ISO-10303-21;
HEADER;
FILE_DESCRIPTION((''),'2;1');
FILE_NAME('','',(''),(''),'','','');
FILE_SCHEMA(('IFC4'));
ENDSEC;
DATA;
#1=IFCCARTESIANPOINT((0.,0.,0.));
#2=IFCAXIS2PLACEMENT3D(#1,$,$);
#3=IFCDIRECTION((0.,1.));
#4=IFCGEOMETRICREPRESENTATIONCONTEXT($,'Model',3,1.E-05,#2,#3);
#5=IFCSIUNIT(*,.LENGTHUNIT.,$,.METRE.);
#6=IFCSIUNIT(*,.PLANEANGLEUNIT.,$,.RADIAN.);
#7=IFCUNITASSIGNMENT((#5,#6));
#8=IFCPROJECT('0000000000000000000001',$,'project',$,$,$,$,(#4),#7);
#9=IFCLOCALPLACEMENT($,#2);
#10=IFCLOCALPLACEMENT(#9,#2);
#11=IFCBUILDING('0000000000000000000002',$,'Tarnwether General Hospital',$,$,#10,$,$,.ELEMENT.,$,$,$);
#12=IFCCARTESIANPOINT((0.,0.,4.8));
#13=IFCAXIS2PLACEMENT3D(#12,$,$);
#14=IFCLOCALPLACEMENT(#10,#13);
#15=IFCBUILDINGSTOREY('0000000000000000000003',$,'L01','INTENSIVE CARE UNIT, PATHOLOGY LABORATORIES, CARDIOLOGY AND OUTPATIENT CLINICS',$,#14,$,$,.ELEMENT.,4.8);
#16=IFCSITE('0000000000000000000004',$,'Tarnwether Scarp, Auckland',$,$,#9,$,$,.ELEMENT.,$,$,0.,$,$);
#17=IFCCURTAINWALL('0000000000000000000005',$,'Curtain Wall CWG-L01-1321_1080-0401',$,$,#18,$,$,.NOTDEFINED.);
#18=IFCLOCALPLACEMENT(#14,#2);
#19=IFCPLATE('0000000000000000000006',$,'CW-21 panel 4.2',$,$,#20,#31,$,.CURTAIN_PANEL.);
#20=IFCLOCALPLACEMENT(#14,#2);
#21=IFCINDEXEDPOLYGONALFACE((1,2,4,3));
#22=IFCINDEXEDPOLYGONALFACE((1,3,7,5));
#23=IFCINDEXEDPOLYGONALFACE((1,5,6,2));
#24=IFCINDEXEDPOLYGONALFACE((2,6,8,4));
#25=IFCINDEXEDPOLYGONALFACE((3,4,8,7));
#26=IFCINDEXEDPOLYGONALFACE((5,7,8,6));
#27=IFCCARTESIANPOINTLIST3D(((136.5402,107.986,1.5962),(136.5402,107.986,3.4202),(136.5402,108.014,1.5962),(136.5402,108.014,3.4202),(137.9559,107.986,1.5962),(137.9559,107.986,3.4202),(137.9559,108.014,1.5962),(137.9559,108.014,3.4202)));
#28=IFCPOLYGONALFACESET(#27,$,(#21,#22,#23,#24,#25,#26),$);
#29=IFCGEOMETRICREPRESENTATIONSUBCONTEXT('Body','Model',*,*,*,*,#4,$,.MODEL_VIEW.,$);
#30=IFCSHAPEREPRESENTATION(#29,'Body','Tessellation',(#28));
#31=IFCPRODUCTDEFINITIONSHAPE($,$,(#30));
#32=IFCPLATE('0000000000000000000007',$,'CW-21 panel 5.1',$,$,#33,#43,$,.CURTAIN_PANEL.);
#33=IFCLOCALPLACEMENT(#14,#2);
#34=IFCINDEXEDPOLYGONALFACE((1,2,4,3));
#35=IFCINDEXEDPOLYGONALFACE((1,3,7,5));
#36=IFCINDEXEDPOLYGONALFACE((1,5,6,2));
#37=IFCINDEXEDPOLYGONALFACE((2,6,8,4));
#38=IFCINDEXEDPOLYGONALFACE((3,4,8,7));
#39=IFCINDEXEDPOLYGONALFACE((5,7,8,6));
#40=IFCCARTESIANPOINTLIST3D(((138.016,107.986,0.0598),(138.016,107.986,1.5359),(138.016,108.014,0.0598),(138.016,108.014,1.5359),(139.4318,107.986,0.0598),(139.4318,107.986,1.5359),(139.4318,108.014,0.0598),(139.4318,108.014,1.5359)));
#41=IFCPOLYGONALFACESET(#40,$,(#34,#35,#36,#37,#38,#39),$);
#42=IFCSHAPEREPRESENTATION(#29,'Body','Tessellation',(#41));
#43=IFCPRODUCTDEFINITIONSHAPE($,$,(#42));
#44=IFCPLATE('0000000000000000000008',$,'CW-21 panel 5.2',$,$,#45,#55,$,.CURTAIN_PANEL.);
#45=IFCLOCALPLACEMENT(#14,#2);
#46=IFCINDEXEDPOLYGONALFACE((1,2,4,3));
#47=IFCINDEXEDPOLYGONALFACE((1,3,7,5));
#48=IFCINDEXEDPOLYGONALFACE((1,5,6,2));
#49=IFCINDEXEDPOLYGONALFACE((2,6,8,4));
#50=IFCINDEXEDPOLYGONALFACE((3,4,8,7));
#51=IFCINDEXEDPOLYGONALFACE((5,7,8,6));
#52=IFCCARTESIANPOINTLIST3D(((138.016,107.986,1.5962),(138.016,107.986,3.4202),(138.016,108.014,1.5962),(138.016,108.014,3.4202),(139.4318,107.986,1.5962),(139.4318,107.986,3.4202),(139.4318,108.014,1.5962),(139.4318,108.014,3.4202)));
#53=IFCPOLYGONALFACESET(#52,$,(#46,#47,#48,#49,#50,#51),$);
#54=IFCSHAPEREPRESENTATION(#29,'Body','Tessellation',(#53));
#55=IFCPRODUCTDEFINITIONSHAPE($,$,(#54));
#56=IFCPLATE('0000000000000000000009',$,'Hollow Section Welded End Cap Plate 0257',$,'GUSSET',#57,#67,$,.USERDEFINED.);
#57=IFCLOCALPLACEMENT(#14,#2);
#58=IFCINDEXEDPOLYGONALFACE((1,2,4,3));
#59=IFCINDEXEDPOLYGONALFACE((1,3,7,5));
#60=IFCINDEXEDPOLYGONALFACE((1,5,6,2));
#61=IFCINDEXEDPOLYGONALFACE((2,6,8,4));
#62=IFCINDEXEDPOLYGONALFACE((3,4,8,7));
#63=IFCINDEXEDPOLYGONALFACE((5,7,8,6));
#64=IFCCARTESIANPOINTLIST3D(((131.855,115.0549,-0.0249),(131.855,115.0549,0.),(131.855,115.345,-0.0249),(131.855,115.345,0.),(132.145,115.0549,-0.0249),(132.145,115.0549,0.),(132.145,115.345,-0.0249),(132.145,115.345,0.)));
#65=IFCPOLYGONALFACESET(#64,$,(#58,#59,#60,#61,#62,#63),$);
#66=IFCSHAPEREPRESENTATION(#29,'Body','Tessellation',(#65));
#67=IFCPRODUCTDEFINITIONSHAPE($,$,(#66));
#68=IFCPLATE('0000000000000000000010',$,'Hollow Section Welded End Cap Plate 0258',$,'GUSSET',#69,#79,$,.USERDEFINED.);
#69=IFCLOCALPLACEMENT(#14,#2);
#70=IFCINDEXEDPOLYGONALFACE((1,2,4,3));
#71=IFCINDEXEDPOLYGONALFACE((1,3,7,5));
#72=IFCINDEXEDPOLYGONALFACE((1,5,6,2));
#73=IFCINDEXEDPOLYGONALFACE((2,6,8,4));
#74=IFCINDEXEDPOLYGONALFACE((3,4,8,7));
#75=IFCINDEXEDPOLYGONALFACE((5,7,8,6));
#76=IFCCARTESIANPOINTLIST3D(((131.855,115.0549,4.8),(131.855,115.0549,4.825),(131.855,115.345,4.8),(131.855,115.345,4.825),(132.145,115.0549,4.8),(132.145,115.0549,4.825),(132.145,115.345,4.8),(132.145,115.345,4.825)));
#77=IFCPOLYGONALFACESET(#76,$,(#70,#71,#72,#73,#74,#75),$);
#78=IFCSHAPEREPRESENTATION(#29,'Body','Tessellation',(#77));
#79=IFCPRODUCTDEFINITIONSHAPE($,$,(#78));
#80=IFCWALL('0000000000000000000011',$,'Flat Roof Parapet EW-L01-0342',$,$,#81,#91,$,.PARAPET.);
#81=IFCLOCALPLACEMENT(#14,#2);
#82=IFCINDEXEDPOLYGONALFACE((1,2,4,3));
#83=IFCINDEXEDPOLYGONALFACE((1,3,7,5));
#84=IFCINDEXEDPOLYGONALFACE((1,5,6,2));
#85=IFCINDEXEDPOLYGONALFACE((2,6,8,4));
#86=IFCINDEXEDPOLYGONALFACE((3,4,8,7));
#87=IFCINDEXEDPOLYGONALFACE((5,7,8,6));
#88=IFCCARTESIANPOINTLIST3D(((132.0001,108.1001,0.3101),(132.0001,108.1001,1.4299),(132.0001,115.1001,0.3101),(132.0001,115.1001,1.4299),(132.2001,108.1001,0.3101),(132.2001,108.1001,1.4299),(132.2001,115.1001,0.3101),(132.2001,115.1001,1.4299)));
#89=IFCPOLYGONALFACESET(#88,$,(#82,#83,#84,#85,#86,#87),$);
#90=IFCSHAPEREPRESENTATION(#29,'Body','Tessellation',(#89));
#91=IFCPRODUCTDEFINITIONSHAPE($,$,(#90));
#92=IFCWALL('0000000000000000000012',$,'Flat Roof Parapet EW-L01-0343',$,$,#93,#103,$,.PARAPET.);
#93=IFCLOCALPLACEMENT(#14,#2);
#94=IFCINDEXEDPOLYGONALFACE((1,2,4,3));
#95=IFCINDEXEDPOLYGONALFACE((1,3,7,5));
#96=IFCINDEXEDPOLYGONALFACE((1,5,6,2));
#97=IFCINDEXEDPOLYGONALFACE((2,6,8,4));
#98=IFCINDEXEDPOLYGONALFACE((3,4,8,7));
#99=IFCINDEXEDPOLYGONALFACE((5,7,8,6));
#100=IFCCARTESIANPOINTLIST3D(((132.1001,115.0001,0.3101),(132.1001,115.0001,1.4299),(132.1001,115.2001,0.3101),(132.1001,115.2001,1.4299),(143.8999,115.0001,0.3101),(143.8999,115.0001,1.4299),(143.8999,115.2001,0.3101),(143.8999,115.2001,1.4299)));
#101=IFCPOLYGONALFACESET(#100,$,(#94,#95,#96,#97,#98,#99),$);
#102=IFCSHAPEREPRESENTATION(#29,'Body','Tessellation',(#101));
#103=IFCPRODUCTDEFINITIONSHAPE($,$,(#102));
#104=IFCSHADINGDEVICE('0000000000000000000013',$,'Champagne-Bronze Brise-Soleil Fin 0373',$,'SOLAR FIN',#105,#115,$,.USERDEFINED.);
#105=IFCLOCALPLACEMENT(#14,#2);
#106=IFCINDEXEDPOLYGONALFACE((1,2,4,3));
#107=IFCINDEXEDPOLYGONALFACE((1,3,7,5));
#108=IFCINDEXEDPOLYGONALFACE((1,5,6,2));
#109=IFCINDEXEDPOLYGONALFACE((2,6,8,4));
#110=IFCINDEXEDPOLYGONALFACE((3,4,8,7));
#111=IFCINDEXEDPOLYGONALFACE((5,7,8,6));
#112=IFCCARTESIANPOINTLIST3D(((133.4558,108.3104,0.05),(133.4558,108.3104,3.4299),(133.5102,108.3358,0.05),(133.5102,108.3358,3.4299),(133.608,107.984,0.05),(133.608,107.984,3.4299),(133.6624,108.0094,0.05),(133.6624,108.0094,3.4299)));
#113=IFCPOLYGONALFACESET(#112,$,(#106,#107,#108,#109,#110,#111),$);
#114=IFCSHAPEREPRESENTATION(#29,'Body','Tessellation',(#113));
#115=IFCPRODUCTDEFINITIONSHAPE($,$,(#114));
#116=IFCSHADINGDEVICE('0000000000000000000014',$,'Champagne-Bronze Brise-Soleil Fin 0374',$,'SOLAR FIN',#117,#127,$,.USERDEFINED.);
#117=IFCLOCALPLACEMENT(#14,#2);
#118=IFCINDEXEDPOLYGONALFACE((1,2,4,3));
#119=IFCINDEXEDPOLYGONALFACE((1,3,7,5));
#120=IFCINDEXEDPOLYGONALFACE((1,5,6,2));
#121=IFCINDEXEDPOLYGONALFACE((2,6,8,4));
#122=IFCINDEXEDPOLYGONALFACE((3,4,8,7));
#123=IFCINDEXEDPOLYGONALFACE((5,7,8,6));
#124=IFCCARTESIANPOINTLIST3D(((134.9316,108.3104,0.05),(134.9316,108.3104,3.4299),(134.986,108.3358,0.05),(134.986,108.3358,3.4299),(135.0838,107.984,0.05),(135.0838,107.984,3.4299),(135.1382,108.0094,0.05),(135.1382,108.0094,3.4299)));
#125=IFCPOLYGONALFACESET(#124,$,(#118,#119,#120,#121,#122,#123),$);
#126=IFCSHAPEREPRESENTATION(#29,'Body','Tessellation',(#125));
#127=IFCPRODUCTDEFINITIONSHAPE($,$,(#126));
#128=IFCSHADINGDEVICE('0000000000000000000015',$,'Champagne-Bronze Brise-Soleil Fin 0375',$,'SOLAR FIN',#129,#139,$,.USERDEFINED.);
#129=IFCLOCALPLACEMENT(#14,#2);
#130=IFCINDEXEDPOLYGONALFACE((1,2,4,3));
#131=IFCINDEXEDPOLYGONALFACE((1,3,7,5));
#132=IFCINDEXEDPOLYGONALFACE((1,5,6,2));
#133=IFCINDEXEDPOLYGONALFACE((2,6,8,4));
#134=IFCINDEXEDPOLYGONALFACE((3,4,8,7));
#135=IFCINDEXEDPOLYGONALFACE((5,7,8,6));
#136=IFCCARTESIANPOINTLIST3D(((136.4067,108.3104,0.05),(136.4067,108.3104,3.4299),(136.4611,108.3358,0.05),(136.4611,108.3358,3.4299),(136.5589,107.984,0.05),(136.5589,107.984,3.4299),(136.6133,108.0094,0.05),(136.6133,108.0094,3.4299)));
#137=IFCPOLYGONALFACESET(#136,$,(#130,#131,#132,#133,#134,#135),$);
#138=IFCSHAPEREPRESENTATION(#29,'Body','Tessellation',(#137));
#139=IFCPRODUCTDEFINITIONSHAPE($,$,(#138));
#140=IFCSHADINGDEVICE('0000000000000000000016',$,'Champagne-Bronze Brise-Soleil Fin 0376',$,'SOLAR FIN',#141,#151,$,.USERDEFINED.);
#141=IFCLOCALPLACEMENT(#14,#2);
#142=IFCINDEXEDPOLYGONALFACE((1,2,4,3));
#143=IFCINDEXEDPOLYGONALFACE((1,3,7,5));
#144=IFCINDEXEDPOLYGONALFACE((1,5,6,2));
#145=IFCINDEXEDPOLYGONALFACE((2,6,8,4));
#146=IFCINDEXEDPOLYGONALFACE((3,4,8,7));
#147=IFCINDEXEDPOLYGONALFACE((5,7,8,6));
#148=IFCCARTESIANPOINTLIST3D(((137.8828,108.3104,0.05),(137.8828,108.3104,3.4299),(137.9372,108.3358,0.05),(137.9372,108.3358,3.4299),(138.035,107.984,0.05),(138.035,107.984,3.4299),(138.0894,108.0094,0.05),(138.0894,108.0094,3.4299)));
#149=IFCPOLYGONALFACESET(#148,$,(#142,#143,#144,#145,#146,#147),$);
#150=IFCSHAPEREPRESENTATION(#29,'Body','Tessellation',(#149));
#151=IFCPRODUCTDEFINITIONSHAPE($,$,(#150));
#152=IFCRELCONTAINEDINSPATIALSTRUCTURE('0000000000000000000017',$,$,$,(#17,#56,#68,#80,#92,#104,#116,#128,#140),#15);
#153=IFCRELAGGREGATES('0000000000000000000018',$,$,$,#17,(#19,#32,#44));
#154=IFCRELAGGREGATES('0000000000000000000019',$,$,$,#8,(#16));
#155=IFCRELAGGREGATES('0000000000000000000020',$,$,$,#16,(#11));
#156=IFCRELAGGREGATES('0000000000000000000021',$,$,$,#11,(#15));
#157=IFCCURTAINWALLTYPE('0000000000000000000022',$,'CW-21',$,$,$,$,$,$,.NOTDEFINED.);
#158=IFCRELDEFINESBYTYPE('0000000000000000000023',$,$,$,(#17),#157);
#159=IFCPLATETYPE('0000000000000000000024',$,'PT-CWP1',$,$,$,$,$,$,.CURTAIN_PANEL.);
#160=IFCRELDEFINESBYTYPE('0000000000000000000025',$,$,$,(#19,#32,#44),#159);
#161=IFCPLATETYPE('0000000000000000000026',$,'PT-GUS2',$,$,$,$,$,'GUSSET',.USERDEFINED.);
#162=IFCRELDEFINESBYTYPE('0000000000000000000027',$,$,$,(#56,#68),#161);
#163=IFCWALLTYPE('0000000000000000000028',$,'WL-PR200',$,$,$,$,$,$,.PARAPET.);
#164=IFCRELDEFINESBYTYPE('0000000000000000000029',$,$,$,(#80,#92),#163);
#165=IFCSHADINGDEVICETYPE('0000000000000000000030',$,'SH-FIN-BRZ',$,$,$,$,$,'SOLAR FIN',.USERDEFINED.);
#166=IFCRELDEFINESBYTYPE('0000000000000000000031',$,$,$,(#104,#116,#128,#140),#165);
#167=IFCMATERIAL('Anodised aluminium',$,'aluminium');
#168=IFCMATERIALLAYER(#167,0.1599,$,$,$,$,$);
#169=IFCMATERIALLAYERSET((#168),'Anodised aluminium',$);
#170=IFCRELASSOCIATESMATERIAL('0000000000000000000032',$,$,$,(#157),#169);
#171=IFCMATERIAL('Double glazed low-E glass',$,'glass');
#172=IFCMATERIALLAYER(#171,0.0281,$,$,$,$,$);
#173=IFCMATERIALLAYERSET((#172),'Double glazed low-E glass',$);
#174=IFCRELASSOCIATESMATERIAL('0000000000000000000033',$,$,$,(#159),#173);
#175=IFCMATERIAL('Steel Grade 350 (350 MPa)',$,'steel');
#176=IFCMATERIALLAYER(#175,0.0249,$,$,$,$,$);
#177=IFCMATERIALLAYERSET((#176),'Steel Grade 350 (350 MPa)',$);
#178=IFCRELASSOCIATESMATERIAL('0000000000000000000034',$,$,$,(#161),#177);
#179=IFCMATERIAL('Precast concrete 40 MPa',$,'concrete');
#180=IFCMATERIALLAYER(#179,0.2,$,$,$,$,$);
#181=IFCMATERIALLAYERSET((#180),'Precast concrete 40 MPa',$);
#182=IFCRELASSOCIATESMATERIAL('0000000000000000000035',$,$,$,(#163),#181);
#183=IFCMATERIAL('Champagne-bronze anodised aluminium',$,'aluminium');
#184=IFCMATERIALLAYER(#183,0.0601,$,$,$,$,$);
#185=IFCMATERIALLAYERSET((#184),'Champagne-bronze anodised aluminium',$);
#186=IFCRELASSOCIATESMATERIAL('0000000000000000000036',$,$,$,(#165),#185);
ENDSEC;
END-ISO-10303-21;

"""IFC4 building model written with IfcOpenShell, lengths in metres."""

from ifc_helpers import new_model, si_unit, direction, frame, frame_2d, origin, origin_2d, place, context, subcontext, project, spatial, rectangle, extrude, material, layer, layer_set, type_object, element, aggregate, save


model = new_model("IFC4")

# Units and contexts
model_context = context("Model", 3, precision=1e-05, world=origin(), true_north=direction((0.0, 1.0)))
body_context = subcontext(model_context, "Body", "Model", "MODEL_VIEW")
ifc_project = project(units=[si_unit("LENGTHUNIT", "METRE"), si_unit("PLANEANGLEUNIT", "RADIAN")], contexts=[model_context])

# Site, building, storey
site_placement = place(None, origin())
site = spatial("IfcSite", under=ifc_project, at=site_placement, Name="Tarnwether Scarp, Auckland", CompositionType="ELEMENT", RefElevation=0.0)
building_placement = place(site_placement, origin())
building = spatial("IfcBuilding", under=site, at=building_placement, Name="Tarnwether General Hospital", CompositionType="ELEMENT")
storey_placement = place(building_placement, frame((0.0, 0.0, 4.8)))
storey = spatial("IfcBuildingStorey", under=building, at=storey_placement, Name="L01", Description="INTENSIVE CARE UNIT, PATHOLOGY LABORATORIES, CARDIOLOGY AND OUTPATIENT CLINICS", CompositionType="ELEMENT", Elevation=4.8)

# Curtain wall, plates
ifc_material_1 = material(Name="Anodised aluminium", Category="aluminium")
ifc_layer_1 = layer(ifc_material_1, 0.1599)
ifc_layer_set_1 = layer_set([ifc_layer_1], Name="Anodised aluminium")
curtain_wall_type = type_object("IfcCurtainWallType", Name="CW-21", PredefinedType="NOTDEFINED", material=ifc_layer_set_1)
curtain_wall_placement = place(storey_placement, origin())
curtain_wall = element("IfcCurtainWall", 1, at=curtain_wall_placement, inside=storey, type_object=curtain_wall_type, Name="Curtain Wall CWG-L01-1321_1080-0401", PredefinedType="NOTDEFINED")
ifc_material_2 = material(Name="Double glazed low-E glass", Category="glass")
ifc_layer_2 = layer(ifc_material_2, 0.0281)
ifc_layer_set_2 = layer_set([ifc_layer_2], Name="Double glazed low-E glass")
plate_type_1 = type_object("IfcPlateType", Name="PT-CWP1", PredefinedType="CURTAIN_PANEL", material=ifc_layer_set_2)
plate_1_placement = place(storey_placement, frame((137.248, 108.0, 1.5962), z_axis=(0.0, 0.0, 1.0), x_axis=(1.0, 0.0, 0.0)))
plate_1 = element("IfcPlate", 2, at=plate_1_placement, type_object=plate_type_1, Name="CW-21 panel 4.2", PredefinedType="CURTAIN_PANEL", context=body_context, shape_type="SweptSolid", body=[
    extrude(rectangle(XDim=1.4158, YDim=0.0281, at=origin_2d()), origin(), (0.0, 0.0, 1.0), 1.824),
])
plate_2_placement = place(storey_placement, frame((138.7239, 108.0, 0.0598), z_axis=(0.0, 0.0, 1.0), x_axis=(1.0, 0.0, 0.0)))
plate_2 = element("IfcPlate", 3, at=plate_2_placement, type_object=plate_type_1, Name="CW-21 panel 5.1", PredefinedType="CURTAIN_PANEL", context=body_context, shape_type="SweptSolid", body=[
    extrude(rectangle(XDim=1.4158, YDim=0.0281, at=origin_2d()), origin(), (0.0, 0.0, 1.0), 1.4761),
])
plate_3_placement = place(storey_placement, frame((138.7239, 108.0, 1.5962), z_axis=(0.0, 0.0, 1.0), x_axis=(1.0, 0.0, 0.0)))
plate_3 = element("IfcPlate", 4, at=plate_3_placement, type_object=plate_type_1, Name="CW-21 panel 5.2", PredefinedType="CURTAIN_PANEL", context=body_context, shape_type="SweptSolid", body=[
    extrude(rectangle(XDim=1.4158, YDim=0.0281, at=origin_2d()), origin(), (0.0, 0.0, 1.0), 1.824),
])
aggregate(curtain_wall, [plate_1, plate_2, plate_3])

# Plates
ifc_material_3 = material(Name="Steel Grade 350 (350 MPa)", Category="steel")
ifc_layer_3 = layer(ifc_material_3, 0.0249)
ifc_layer_set_3 = layer_set([ifc_layer_3], Name="Steel Grade 350 (350 MPa)")
plate_type_2 = type_object("IfcPlateType", Name="PT-GUS2", ElementType="GUSSET", PredefinedType="USERDEFINED", material=ifc_layer_set_3)
for number, where, z_axis, x_axis, name in (
    (5, (132.0, 115.2, -0.0249), (0.0, 0.0, 1.0), (1.0, 0.0, 0.0), "Hollow Section Welded End Cap Plate 0257"),
    (6, (132.0, 115.2, 4.8), (0.0, 0.0, 1.0), (1.0, 0.0, 0.0), "Hollow Section Welded End Cap Plate 0258"),
):
    element("IfcPlate", number, at=place(storey_placement, frame(where, z_axis=z_axis, x_axis=x_axis)), inside=storey, type_object=plate_type_2, Name=name, ObjectType="GUSSET", PredefinedType="USERDEFINED", context=body_context, shape_type="SweptSolid", body=[
        extrude(rectangle(XDim=0.29, YDim=0.29, at=origin_2d()), origin(), (0.0, 0.0, 1.0), 0.0249),
    ])

# Walls
ifc_material_4 = material(Name="Precast concrete 40 MPa", Category="concrete")
ifc_layer_4 = layer(ifc_material_4, 0.2)
ifc_layer_set_4 = layer_set([ifc_layer_4], Name="Precast concrete 40 MPa")
wall_type = type_object("IfcWallType", Name="WL-PR200", PredefinedType="PARAPET", material=ifc_layer_set_4)
wall_1_placement = place(storey_placement, frame((132.1001, 108.1001, 0.3101), z_axis=(0.0, 0.0, 1.0), x_axis=(0.0, 1.0, 0.0)))
element("IfcWall", 7, at=wall_1_placement, inside=storey, type_object=wall_type, Name="Flat Roof Parapet EW-L01-0342", PredefinedType="PARAPET", context=body_context, shape_type="SweptSolid", body=[
    extrude(rectangle(XDim=7.0, YDim=0.2, at=frame_2d((3.5, 0.0))), origin(), (0.0, 0.0, 1.0), 1.1199),
])
wall_2_placement = place(storey_placement, frame((132.1001, 115.1001, 0.3101), z_axis=(0.0, 0.0, 1.0), x_axis=(1.0, 0.0, 0.0)))
element("IfcWall", 8, at=wall_2_placement, inside=storey, type_object=wall_type, Name="Flat Roof Parapet EW-L01-0343", PredefinedType="PARAPET", context=body_context, shape_type="SweptSolid", body=[
    extrude(rectangle(XDim=11.7998, YDim=0.2, at=frame_2d((5.8999, 0.0))), origin(), (0.0, 0.0, 1.0), 1.1199),
])

# Shading devices
ifc_material_5 = material(Name="Champagne-bronze anodised aluminium", Category="aluminium")
ifc_layer_5 = layer(ifc_material_5, 0.0601)
ifc_layer_set_5 = layer_set([ifc_layer_5], Name="Champagne-bronze anodised aluminium")
shading_device_type = type_object("IfcShadingDeviceType", Name="SH-FIN-BRZ", ElementType="SOLAR FIN", PredefinedType="USERDEFINED", material=ifc_layer_set_5)
for number, where, z_axis, x_axis, name in (
    (9, (133.5591, 108.1599, 0.05), (0.0, 0.0, 1.0), (0.906308, 0.422618, 0.0), "Champagne-Bronze Brise-Soleil Fin 0373"),
    (10, (135.0349, 108.1599, 0.05), (0.0, 0.0, 1.0), (0.906308, 0.422618, 0.0), "Champagne-Bronze Brise-Soleil Fin 0374"),
    (11, (136.51, 108.1599, 0.05), (0.0, 0.0, 1.0), (0.906308, 0.422618, 0.0), "Champagne-Bronze Brise-Soleil Fin 0375"),
    (12, (137.9861, 108.1599, 0.05), (0.0, 0.0, 1.0), (0.906308, 0.422618, 0.0), "Champagne-Bronze Brise-Soleil Fin 0376"),
):
    element("IfcShadingDevice", number, at=place(storey_placement, frame(where, z_axis=z_axis, x_axis=x_axis)), inside=storey, type_object=shading_device_type, Name=name, ObjectType="SOLAR FIN", PredefinedType="USERDEFINED", context=body_context, shape_type="SweptSolid", body=[
        extrude(rectangle(XDim=0.0601, YDim=0.3601, at=origin_2d()), origin(), (0.0, 0.0, 1.0), 3.3799),
    ])

save(model, "model.ifc")
